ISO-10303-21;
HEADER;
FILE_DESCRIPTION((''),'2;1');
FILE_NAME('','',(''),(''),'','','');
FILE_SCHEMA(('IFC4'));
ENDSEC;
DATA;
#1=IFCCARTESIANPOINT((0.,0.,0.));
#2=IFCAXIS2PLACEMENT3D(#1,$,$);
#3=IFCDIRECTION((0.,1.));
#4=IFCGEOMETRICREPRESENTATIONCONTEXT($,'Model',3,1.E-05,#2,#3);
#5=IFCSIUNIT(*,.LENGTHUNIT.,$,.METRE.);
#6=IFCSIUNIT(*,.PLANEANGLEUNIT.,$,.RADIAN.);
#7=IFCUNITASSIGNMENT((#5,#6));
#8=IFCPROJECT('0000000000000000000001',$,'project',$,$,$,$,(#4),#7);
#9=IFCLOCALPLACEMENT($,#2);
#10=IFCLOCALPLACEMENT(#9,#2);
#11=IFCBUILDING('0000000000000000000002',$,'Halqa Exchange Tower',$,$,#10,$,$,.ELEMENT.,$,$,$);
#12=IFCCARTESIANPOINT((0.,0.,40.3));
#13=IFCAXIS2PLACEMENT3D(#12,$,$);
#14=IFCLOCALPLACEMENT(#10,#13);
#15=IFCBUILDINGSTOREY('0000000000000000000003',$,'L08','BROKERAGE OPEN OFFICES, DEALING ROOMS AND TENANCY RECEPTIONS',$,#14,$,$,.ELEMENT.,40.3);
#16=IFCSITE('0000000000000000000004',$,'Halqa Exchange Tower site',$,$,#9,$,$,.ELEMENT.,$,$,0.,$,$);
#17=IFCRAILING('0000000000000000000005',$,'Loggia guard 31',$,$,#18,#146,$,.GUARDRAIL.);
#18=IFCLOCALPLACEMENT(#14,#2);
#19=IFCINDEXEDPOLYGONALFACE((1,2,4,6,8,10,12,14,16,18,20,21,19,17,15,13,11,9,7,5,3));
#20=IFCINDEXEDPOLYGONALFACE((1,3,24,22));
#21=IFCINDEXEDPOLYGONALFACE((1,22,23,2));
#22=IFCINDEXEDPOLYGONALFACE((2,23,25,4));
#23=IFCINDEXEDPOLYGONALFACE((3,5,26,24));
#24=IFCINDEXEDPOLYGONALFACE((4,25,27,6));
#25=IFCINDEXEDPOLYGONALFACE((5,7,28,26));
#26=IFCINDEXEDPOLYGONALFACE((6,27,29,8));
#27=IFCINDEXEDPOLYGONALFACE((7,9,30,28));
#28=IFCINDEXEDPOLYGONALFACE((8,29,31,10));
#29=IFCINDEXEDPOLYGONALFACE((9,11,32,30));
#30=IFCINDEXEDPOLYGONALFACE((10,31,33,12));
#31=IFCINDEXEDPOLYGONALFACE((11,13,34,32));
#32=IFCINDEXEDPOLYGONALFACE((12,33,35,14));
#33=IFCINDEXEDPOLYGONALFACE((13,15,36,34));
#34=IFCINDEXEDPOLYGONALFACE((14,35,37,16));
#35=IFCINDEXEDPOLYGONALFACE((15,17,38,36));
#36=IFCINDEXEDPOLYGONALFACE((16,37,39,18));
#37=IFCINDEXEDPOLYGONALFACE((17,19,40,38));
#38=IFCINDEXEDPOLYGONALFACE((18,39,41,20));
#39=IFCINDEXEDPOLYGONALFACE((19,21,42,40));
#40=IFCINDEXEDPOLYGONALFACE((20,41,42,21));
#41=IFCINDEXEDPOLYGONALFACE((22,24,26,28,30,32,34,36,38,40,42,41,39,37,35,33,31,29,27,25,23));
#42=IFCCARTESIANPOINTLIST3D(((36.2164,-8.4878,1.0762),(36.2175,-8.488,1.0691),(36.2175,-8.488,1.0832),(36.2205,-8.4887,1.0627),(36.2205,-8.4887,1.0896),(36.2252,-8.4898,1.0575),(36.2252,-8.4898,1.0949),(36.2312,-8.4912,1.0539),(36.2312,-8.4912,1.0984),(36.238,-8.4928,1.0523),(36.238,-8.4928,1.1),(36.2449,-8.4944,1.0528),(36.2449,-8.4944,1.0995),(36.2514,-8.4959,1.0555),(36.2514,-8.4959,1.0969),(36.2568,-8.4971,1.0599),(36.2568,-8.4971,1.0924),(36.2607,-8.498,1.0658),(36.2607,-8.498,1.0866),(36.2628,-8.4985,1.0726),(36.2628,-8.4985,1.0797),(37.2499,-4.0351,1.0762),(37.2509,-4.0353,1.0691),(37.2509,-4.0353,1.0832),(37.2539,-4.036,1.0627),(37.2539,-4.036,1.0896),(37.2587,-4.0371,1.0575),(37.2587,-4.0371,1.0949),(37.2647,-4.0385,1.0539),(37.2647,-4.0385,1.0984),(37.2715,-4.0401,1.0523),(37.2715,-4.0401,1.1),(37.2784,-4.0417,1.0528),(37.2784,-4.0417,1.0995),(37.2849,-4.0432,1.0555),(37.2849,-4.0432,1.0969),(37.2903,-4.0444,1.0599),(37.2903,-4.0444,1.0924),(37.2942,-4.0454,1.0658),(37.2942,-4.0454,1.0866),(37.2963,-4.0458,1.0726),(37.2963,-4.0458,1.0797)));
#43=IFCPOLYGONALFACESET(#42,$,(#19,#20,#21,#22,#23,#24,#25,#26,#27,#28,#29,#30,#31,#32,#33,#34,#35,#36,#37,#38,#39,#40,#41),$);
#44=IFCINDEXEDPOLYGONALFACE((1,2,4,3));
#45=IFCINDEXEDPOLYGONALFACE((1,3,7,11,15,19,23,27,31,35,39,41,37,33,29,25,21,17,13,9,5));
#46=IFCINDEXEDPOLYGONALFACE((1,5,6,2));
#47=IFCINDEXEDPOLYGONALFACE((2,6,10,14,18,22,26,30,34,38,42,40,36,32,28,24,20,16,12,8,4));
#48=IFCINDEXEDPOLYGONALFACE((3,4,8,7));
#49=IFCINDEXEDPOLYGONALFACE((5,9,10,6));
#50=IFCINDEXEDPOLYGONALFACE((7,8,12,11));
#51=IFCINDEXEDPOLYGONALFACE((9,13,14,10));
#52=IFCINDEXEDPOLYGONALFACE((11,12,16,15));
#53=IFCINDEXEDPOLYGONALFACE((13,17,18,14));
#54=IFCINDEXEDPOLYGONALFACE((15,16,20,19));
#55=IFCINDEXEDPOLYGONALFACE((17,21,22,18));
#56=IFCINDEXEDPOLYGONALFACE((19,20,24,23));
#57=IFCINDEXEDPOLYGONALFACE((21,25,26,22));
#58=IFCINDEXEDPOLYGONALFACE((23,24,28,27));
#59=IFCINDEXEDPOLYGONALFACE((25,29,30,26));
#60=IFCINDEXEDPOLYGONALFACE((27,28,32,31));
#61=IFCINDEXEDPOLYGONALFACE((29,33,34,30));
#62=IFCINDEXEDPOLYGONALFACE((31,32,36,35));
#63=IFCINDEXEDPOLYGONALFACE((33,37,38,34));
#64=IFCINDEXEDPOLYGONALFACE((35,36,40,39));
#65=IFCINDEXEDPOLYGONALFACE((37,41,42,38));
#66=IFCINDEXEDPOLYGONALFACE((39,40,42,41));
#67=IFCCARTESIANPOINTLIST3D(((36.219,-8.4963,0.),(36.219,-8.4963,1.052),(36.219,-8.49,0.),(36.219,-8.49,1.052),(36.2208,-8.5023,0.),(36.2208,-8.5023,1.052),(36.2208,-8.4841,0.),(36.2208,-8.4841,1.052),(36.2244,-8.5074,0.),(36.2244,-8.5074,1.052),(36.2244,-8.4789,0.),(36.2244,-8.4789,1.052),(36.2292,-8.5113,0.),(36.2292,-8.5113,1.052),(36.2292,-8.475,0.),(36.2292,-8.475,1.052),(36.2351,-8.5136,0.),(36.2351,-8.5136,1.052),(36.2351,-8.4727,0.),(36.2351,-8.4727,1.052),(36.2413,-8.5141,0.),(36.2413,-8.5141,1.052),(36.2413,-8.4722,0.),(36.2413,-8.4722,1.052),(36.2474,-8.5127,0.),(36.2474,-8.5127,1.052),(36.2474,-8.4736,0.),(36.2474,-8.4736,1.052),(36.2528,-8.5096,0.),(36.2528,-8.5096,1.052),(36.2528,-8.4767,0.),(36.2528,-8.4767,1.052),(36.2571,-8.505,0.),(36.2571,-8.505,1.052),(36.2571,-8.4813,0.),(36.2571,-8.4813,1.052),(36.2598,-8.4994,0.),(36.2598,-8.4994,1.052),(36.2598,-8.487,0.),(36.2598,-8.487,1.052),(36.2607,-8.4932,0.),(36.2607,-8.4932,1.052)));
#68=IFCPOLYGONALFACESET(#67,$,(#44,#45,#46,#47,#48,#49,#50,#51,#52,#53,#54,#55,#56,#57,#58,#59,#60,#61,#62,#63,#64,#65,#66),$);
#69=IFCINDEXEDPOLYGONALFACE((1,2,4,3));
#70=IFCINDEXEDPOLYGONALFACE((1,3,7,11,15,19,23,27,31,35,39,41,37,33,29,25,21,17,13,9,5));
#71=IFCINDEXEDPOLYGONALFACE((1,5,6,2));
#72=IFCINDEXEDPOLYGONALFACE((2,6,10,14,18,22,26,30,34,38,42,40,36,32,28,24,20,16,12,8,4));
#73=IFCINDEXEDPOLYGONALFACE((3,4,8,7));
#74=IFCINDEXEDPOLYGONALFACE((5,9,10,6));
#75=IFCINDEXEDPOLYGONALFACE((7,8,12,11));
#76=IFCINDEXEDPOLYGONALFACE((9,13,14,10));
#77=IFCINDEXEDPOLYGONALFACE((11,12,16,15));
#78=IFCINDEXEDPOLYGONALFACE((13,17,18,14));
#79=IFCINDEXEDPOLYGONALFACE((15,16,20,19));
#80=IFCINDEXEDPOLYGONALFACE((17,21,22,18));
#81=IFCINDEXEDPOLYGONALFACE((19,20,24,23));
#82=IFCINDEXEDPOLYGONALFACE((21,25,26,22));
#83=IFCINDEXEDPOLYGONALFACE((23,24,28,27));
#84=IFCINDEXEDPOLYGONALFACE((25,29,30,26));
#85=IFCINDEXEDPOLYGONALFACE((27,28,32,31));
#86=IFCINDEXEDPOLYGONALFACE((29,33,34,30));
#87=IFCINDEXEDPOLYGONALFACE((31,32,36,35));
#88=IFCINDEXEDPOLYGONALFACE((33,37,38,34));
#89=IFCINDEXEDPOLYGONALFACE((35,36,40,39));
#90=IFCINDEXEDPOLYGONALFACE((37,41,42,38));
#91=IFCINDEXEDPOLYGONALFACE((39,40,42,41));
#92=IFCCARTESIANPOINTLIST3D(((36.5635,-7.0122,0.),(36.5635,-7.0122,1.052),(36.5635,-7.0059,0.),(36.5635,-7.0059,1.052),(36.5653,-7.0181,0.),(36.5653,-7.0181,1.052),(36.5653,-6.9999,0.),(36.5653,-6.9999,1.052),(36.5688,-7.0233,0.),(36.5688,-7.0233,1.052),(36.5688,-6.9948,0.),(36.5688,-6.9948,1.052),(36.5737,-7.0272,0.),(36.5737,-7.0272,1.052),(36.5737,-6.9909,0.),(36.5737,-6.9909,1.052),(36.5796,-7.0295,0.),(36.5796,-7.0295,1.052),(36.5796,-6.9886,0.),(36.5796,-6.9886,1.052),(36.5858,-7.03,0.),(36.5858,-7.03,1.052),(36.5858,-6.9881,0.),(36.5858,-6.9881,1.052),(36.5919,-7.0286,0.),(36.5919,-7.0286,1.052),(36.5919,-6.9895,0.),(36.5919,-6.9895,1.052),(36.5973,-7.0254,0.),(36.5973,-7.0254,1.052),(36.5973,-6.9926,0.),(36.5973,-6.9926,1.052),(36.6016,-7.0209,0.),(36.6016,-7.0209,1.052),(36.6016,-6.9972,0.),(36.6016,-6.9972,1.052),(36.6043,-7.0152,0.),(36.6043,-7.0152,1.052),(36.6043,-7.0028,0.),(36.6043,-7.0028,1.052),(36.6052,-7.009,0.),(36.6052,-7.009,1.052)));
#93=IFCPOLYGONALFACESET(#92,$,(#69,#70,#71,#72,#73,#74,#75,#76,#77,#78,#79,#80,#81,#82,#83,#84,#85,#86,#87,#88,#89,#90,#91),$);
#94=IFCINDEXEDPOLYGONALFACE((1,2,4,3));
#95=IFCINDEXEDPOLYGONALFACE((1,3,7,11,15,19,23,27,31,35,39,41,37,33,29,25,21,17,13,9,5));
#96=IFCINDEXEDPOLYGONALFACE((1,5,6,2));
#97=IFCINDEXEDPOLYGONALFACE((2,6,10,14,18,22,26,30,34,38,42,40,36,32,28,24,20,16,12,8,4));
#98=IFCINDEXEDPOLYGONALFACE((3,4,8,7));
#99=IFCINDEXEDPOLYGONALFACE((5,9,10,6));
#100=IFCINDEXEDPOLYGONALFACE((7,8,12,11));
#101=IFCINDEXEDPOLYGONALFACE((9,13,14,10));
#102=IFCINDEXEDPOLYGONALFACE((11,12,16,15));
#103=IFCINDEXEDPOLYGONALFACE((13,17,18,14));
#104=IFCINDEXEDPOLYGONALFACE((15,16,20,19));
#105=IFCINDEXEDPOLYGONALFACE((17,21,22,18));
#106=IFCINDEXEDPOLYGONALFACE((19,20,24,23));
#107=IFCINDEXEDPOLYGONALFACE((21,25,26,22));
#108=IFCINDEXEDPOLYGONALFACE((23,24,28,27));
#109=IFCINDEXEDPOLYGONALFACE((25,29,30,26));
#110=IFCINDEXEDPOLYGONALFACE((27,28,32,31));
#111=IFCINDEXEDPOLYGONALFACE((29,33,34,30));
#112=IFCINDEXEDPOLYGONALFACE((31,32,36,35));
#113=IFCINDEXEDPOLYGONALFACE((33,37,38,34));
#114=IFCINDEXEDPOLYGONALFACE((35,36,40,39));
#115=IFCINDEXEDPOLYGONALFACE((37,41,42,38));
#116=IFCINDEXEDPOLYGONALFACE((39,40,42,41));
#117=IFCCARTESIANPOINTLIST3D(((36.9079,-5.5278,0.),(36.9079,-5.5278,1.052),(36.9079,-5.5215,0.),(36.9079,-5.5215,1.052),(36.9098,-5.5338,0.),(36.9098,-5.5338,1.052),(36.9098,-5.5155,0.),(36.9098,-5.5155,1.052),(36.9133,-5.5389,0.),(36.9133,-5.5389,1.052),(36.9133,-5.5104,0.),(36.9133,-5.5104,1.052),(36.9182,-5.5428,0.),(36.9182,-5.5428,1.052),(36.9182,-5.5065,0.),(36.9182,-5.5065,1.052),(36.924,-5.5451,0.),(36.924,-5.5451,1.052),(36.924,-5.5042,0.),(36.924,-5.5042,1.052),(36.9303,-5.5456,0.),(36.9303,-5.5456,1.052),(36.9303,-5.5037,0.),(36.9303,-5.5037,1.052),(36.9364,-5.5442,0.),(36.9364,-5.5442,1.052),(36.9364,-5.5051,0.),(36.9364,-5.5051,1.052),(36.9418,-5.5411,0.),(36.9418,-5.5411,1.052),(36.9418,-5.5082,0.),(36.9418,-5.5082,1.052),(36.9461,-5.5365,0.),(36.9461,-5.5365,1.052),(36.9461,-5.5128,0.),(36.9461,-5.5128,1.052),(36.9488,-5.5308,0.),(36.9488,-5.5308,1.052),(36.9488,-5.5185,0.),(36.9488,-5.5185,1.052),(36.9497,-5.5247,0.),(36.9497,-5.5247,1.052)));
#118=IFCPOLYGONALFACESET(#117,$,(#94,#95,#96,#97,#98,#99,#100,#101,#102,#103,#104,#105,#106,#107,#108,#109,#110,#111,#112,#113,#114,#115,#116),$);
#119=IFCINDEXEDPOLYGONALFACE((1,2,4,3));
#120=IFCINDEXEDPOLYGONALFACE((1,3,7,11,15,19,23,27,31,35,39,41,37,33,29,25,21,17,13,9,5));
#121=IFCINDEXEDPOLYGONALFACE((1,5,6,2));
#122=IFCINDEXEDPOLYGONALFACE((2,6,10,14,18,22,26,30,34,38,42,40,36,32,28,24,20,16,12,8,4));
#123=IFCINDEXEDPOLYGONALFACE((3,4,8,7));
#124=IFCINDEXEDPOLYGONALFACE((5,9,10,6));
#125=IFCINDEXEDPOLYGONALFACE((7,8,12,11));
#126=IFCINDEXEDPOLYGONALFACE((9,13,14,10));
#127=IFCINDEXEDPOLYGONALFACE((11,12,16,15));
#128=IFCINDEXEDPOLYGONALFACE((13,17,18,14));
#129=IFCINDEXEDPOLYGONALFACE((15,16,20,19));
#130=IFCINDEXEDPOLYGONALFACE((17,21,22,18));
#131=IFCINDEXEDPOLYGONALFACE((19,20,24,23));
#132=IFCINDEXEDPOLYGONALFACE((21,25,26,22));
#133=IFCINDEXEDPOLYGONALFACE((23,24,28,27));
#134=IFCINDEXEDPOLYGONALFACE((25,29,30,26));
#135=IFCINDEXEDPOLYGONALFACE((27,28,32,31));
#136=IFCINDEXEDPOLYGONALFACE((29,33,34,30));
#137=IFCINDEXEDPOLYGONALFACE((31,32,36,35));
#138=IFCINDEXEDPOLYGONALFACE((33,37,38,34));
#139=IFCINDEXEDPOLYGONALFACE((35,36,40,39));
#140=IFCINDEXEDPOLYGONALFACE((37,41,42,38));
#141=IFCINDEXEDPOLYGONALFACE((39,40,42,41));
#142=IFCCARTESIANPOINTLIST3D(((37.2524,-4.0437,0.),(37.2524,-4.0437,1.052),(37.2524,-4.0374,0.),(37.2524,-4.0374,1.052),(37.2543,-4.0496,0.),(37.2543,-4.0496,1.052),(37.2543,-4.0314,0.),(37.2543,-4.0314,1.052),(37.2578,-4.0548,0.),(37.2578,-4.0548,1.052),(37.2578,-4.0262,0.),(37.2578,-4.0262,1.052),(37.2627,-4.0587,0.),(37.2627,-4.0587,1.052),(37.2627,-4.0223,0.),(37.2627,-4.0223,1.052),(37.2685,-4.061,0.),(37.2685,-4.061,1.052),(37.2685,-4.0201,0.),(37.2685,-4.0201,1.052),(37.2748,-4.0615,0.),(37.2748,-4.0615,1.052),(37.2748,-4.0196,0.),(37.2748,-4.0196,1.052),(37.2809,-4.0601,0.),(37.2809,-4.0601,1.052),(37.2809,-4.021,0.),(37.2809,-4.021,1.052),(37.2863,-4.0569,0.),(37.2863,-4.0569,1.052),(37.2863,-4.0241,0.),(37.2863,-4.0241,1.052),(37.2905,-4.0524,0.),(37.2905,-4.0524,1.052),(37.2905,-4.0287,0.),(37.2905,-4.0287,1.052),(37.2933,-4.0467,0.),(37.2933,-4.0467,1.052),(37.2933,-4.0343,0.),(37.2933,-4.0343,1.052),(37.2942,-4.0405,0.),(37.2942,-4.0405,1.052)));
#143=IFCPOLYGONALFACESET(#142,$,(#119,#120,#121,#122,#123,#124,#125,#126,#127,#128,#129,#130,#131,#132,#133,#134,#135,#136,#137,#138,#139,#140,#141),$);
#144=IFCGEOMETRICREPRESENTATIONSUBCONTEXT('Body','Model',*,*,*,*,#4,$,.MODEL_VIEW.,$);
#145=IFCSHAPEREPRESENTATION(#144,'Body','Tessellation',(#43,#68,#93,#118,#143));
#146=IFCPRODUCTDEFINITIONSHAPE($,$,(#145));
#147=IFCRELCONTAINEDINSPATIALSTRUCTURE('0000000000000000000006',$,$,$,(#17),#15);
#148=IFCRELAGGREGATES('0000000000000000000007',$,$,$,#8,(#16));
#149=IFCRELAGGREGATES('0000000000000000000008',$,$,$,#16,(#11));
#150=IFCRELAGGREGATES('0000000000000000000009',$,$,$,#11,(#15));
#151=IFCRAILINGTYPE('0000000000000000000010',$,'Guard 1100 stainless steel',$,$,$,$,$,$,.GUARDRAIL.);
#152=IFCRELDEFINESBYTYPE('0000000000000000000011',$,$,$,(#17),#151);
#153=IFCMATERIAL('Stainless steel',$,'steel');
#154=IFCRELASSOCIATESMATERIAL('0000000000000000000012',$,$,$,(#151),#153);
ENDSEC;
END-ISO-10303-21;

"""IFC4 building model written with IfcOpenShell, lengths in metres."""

from ifc_helpers import new_model, si_unit, direction, frame, origin, origin_2d, place, context, subcontext, project, spatial, circle, extrude, material, type_object, element, save


model = new_model("IFC4")

# Units and contexts
model_context = context("Model", 3, precision=1e-05, world=origin(), true_north=direction((0.0, 1.0)))
body_context = subcontext(model_context, "Body", "Model", "MODEL_VIEW")
ifc_project = project(units=[si_unit("LENGTHUNIT", "METRE"), si_unit("PLANEANGLEUNIT", "RADIAN")], contexts=[model_context])

# Site, building, storey
site_placement = place(None, origin())
site = spatial("IfcSite", under=ifc_project, at=site_placement, Name="Halqa Exchange Tower site", CompositionType="ELEMENT", RefElevation=0.0)
building_placement = place(site_placement, origin())
building = spatial("IfcBuilding", under=site, at=building_placement, Name="Halqa Exchange Tower", CompositionType="ELEMENT")
storey_placement = place(building_placement, frame((0.0, 0.0, 40.3)))
storey = spatial("IfcBuildingStorey", under=building, at=storey_placement, Name="L08", Description="BROKERAGE OPEN OFFICES, DEALING ROOMS AND TENANCY RECEPTIONS", CompositionType="ELEMENT", Elevation=40.3)

# Railing
ifc_material_1 = material(Name="Stainless steel", Category="steel")
railing_type = type_object("IfcRailingType", Name="Guard 1100 stainless steel", PredefinedType="GUARDRAIL", material=ifc_material_1)
railing_1_placement = place(storey_placement, frame((36.2397, -8.4932, 0.0)))
element("IfcRailing", 1, at=railing_1_placement, inside=storey, type_object=railing_type, Name="Loggia guard 31", PredefinedType="GUARDRAIL", context=body_context, shape_type="SweptSolid", body=[
    extrude(circle(Radius=0.0239, at=origin_2d()), frame((0.0, 0.0, 1.0762), z_axis=(0.226088, 0.974107, 0.0), x_axis=(-0.974107, 0.226088, 0.0)), (0.0, 0.0, 1.0), 4.571),
    extrude(circle(Radius=0.021, at=origin_2d()), origin(), (0.0, 0.0, 1.0), 1.052),
    extrude(circle(Radius=0.021, at=origin_2d()), frame((0.3445, 1.4841, 0.0)), (0.0, 0.0, 1.0), 1.052),
    extrude(circle(Radius=0.021, at=origin_2d()), frame((0.689, 2.9685, 0.0)), (0.0, 0.0, 1.0), 1.052),
    extrude(circle(Radius=0.021, at=origin_2d()), frame((1.0334, 4.4526, 0.0)), (0.0, 0.0, 1.0), 1.052),
])

save(model, "model.ifc")
